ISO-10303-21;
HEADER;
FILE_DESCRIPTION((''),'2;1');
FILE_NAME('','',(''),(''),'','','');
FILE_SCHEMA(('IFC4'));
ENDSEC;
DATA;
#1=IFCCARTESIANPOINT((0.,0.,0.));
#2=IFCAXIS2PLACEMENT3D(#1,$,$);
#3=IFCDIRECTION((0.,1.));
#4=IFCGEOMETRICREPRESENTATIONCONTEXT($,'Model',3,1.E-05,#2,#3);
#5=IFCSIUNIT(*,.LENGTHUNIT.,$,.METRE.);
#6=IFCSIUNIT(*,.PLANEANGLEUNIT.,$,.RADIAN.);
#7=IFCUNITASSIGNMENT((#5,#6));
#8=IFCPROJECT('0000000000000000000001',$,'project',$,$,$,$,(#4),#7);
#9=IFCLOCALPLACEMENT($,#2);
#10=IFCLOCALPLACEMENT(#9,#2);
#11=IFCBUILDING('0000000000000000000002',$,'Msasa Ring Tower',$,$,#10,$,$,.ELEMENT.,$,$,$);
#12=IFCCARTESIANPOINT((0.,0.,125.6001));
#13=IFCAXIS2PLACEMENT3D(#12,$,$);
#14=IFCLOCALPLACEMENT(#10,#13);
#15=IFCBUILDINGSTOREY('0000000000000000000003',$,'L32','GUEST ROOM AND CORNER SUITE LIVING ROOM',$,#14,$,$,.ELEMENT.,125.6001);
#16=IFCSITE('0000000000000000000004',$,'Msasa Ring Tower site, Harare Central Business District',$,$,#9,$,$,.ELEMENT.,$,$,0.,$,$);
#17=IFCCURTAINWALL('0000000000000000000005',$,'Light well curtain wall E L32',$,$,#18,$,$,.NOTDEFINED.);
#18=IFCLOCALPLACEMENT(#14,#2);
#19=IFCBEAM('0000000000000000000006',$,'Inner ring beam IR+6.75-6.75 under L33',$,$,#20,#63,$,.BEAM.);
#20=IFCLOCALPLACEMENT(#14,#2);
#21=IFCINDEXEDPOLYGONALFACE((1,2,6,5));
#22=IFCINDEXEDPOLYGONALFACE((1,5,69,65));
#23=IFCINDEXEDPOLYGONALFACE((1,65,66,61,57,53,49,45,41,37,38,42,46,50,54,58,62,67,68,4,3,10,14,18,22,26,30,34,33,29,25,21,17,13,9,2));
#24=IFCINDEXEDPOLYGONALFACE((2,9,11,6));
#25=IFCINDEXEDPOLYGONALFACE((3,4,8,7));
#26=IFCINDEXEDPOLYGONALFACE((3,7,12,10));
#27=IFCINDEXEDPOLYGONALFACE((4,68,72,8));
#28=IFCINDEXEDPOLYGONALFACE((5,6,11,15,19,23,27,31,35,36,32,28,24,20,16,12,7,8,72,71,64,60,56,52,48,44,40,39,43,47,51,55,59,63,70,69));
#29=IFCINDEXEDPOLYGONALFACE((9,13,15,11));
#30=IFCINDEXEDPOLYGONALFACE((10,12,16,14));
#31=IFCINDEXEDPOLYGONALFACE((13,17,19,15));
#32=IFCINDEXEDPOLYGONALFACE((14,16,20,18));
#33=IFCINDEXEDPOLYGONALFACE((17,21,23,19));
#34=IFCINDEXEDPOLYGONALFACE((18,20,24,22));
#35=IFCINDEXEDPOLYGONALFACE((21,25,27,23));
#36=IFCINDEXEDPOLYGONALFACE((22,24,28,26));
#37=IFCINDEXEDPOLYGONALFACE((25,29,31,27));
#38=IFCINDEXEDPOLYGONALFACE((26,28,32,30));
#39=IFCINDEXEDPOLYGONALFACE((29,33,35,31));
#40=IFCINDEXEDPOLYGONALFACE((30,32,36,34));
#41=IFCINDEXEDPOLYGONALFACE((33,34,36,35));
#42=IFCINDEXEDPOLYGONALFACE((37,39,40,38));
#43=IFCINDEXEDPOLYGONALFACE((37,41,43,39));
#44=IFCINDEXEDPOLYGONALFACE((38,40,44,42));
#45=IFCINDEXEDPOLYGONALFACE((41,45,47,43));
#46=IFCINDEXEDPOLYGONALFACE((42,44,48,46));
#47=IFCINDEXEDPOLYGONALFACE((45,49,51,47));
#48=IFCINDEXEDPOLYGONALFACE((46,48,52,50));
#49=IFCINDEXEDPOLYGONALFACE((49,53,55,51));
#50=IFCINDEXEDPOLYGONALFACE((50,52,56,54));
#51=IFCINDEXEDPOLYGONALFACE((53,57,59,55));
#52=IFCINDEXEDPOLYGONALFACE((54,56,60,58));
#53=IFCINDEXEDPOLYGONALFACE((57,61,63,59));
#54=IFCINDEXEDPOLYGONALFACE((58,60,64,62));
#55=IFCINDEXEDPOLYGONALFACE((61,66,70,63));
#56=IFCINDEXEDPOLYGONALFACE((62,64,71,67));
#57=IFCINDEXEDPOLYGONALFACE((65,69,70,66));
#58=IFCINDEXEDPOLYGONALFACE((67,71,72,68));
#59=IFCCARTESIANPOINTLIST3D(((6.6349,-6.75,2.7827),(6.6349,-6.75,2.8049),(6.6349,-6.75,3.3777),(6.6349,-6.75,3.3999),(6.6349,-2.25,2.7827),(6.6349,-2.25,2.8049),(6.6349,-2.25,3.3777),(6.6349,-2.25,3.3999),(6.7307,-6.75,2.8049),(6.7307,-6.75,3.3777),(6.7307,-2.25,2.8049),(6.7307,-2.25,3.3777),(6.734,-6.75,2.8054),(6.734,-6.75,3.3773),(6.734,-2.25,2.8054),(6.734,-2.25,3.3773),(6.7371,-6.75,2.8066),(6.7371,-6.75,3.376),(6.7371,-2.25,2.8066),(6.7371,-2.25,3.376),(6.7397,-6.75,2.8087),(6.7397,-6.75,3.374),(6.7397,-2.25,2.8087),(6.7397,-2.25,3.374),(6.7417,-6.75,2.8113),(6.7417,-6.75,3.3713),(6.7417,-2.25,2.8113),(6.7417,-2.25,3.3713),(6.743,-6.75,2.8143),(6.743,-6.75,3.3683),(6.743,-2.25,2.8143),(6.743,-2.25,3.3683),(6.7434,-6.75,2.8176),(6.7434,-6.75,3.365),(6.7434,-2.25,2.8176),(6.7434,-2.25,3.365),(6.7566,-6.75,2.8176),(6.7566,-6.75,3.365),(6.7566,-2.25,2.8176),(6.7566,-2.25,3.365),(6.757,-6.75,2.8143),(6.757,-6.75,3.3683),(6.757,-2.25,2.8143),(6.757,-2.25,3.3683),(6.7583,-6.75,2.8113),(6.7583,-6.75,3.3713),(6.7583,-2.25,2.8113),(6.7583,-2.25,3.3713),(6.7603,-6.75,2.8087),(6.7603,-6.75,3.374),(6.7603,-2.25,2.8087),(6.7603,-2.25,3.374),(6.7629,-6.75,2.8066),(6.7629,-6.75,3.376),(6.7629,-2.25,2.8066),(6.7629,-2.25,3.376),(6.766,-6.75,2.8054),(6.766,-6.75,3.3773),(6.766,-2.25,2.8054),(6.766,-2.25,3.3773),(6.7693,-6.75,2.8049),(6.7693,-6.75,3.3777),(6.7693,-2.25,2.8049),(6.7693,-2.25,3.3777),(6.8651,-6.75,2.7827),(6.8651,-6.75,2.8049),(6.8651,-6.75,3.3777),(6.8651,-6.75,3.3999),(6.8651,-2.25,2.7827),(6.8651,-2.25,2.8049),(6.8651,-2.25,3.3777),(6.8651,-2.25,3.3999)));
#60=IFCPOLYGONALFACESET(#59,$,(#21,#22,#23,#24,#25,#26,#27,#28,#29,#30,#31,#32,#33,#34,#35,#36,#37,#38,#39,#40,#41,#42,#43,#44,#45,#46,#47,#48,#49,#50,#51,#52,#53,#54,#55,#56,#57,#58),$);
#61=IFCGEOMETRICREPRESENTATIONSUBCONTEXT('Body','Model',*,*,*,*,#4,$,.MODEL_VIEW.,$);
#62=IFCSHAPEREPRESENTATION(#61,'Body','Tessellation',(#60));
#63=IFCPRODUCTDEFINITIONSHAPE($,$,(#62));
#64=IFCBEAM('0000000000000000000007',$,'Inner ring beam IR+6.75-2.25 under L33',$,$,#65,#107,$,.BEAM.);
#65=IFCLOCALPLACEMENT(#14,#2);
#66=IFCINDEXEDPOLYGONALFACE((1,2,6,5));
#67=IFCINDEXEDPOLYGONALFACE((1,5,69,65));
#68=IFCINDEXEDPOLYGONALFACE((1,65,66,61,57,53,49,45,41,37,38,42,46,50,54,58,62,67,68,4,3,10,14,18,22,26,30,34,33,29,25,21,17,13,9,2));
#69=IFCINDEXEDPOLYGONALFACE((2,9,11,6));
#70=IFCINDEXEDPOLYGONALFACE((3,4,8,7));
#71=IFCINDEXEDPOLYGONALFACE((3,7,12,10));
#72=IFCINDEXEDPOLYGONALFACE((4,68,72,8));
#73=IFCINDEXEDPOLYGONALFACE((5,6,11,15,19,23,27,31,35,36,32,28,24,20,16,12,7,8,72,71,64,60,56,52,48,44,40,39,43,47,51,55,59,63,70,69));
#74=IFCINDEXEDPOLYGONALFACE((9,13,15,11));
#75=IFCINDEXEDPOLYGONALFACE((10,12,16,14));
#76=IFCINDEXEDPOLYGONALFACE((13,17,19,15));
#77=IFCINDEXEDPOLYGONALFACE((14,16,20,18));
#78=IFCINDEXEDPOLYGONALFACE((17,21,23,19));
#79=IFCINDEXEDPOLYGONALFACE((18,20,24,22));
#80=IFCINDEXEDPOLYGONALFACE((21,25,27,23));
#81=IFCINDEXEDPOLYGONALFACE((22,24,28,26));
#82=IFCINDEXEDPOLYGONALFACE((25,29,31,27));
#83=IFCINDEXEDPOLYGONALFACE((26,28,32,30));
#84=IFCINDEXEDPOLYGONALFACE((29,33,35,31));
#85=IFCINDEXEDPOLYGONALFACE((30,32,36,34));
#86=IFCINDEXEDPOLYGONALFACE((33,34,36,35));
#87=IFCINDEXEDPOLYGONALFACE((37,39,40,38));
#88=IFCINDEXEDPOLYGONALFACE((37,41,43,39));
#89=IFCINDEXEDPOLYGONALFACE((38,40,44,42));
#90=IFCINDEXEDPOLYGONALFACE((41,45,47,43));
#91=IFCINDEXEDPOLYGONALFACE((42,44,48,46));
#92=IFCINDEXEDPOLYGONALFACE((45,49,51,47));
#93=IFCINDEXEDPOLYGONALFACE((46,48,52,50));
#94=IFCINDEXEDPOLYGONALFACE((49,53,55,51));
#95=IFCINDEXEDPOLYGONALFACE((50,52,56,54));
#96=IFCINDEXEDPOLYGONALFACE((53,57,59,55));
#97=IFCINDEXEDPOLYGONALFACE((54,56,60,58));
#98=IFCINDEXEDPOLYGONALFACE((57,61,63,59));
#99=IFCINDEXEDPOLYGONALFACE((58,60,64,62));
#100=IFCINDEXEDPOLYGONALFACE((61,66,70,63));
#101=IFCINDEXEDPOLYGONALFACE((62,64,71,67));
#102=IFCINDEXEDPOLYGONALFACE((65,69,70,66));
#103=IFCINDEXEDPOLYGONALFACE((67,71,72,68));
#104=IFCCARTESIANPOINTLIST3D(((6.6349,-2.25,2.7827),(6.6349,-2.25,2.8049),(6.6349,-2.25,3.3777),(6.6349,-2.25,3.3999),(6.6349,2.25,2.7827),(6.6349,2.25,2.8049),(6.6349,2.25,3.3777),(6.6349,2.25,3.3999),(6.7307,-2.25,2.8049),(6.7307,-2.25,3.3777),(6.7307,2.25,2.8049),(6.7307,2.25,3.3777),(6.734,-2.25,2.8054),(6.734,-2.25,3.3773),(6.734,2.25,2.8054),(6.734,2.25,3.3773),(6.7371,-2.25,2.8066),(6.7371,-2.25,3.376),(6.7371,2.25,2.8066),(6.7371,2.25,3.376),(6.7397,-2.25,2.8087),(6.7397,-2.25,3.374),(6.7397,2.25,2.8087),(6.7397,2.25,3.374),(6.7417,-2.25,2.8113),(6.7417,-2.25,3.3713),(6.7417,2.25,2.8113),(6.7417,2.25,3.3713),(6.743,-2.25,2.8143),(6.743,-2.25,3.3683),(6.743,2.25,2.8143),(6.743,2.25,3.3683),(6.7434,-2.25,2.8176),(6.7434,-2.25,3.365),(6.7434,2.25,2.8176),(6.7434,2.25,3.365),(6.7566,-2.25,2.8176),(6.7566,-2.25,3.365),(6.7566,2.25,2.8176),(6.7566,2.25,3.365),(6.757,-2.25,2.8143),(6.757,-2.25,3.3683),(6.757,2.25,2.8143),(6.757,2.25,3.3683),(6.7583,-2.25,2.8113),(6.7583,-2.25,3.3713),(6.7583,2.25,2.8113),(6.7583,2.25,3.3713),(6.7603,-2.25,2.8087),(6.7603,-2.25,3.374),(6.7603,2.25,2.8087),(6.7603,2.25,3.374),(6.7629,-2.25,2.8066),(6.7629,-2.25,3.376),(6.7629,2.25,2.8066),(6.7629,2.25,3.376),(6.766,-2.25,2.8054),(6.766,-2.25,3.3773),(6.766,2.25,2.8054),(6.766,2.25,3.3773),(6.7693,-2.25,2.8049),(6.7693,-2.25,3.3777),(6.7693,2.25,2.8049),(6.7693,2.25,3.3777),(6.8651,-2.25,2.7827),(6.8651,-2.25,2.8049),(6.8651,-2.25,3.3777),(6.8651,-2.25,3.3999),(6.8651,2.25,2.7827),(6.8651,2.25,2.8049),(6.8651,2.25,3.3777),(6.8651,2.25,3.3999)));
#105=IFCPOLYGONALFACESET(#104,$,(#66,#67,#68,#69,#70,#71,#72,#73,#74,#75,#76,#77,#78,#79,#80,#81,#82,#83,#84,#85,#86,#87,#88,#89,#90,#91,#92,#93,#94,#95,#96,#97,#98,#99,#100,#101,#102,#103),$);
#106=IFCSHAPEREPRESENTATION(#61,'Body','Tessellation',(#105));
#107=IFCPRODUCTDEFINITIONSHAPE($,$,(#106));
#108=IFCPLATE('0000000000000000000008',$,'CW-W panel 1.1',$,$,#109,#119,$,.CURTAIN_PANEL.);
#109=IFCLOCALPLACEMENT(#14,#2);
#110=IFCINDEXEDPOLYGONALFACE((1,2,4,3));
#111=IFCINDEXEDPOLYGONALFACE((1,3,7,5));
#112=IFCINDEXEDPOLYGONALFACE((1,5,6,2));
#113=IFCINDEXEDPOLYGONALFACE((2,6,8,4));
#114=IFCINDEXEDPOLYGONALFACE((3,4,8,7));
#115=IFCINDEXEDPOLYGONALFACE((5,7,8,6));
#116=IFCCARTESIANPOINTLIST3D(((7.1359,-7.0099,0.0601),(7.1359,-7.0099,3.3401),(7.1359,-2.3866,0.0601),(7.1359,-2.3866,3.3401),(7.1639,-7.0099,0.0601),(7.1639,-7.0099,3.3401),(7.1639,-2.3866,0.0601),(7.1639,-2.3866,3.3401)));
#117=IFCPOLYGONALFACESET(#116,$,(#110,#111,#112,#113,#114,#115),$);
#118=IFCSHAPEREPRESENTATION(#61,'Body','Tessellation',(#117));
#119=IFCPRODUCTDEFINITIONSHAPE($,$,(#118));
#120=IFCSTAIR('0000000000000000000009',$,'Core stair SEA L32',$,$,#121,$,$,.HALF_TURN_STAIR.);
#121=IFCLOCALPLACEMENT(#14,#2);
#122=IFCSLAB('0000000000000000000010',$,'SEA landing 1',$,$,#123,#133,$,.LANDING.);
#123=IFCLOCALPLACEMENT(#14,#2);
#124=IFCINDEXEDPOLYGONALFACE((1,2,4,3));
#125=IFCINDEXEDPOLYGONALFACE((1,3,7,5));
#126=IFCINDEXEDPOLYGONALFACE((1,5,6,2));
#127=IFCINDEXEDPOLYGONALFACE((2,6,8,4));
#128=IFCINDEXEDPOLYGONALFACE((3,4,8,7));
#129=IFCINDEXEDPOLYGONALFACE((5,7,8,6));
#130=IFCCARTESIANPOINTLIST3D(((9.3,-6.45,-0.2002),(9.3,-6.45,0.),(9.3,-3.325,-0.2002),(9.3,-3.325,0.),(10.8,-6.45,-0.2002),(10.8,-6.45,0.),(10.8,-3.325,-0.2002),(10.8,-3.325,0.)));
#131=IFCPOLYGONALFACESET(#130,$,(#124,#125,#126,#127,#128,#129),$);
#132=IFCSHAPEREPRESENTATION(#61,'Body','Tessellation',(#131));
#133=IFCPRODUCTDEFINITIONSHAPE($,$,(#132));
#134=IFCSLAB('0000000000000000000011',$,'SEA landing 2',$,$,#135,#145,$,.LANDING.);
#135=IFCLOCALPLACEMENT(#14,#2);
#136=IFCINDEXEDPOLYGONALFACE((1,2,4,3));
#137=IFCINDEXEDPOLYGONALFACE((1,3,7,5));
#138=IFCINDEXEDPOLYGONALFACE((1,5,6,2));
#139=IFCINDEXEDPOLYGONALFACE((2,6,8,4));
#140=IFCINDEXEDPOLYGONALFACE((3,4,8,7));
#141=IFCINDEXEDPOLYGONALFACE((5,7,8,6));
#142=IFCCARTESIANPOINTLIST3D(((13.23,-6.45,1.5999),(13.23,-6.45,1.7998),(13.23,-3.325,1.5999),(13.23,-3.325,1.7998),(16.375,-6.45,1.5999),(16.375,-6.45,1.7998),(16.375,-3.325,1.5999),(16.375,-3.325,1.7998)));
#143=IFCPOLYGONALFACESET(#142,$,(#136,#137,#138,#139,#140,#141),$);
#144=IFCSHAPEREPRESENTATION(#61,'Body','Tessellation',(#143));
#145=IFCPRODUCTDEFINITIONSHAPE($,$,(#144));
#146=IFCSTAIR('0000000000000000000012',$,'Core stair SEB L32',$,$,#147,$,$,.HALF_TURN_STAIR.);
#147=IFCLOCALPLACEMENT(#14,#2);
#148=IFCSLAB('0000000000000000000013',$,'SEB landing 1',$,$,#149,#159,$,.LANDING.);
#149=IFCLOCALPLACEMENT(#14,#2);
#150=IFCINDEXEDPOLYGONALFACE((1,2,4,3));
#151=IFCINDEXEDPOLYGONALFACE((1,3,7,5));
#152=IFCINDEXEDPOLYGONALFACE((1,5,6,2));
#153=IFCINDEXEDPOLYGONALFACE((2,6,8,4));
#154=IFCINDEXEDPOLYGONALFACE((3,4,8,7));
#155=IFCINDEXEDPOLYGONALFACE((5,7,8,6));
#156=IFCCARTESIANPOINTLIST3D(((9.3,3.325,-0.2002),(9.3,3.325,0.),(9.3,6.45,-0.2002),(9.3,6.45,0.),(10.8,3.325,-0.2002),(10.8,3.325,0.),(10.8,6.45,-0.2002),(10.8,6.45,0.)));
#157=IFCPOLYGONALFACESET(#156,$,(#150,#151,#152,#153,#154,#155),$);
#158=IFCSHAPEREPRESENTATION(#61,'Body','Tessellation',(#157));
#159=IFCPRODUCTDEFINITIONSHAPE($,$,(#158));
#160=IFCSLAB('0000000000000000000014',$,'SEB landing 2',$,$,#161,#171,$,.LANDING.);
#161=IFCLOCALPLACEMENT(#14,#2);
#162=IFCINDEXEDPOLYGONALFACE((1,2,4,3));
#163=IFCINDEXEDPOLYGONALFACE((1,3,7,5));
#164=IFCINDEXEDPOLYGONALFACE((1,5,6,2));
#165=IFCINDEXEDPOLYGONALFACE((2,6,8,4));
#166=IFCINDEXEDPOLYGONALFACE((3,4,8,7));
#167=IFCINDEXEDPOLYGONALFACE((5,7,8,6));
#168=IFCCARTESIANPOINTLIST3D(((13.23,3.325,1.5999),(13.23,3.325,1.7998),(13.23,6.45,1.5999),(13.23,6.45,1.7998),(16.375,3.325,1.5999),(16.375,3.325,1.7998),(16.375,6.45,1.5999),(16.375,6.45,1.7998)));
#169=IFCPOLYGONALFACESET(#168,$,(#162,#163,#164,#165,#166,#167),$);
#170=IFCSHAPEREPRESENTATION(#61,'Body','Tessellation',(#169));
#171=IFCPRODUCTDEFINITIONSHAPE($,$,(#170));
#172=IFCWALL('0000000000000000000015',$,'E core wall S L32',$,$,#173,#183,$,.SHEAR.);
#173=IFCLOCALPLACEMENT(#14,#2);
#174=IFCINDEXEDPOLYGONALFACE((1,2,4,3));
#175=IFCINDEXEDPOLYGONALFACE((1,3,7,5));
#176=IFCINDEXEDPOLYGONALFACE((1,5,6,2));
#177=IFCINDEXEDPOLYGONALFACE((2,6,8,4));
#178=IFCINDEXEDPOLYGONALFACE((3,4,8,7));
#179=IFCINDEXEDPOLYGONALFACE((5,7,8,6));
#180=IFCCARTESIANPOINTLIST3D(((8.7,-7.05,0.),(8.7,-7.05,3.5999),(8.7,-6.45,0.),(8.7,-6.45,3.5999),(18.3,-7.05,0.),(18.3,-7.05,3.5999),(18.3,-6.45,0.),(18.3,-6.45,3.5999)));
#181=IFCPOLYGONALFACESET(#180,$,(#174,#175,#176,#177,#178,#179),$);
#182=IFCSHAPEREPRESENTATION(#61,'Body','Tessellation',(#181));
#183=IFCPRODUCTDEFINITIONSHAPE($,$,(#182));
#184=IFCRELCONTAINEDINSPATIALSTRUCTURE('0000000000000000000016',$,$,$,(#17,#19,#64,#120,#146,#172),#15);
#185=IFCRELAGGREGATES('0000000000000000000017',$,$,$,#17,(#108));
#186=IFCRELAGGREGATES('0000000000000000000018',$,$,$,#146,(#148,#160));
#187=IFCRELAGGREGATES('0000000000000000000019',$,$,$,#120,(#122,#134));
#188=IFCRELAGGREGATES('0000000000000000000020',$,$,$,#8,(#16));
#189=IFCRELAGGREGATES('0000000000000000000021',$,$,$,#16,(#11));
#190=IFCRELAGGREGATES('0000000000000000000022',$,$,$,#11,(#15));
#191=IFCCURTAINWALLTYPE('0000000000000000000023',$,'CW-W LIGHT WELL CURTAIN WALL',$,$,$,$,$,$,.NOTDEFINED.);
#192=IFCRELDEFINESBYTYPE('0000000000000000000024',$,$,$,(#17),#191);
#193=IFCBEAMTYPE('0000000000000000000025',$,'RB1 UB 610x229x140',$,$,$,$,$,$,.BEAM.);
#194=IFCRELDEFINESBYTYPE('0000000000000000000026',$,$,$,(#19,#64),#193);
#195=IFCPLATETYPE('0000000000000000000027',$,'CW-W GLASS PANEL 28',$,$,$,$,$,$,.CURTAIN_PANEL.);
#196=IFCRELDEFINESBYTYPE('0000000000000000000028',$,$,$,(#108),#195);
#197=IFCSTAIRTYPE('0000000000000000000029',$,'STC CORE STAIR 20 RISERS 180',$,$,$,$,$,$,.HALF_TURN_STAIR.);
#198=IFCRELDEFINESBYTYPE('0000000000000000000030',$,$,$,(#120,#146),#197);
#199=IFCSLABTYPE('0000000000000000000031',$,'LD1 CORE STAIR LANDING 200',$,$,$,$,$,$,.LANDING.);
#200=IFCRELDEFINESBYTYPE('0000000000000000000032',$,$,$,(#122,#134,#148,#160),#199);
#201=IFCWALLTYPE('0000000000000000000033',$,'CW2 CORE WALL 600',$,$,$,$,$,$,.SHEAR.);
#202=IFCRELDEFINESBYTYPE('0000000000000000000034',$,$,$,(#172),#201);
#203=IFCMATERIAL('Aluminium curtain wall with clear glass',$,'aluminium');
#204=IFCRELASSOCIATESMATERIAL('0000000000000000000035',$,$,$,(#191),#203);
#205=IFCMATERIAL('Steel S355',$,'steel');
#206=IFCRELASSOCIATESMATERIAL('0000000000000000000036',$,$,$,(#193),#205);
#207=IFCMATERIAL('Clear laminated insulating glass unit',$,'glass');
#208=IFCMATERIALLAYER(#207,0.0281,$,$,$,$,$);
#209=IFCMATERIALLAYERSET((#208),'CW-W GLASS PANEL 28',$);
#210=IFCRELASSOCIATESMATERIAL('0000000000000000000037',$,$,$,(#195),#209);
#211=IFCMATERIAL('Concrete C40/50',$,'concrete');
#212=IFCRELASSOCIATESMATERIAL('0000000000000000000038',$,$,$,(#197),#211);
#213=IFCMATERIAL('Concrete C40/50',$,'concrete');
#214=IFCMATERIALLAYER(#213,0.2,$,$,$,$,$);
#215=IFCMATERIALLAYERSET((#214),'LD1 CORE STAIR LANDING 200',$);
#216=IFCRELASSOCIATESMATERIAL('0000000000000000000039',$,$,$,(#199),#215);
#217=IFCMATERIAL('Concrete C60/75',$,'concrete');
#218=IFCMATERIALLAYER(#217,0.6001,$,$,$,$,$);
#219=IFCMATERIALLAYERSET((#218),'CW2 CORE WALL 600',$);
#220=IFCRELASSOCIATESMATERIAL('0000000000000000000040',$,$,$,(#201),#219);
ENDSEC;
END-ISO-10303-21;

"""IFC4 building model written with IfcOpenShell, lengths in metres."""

from ifc_helpers import new_model, si_unit, direction, frame, frame_2d, origin, origin_2d, place, context, subcontext, project, spatial, polyline, rectangle, i_section, outline, extrude, material, layer, layer_set, material_profile, profile_set, type_object, element, aggregate, save


model = new_model("IFC4")

# Units and contexts
model_context = context("Model", 3, precision=1e-05, world=origin(), true_north=direction((0.0, 1.0)))
body_context = subcontext(model_context, "Body", "Model", "MODEL_VIEW")
ifc_project = project(units=[si_unit("LENGTHUNIT", "METRE"), si_unit("PLANEANGLEUNIT", "RADIAN")], contexts=[model_context])

# Site, building, storey
site_placement = place(None, origin())
site = spatial("IfcSite", under=ifc_project, at=site_placement, Name="Msasa Ring Tower site, Harare Central Business District", CompositionType="ELEMENT", RefElevation=0.0)
building_placement = place(site_placement, origin())
building = spatial("IfcBuilding", under=site, at=building_placement, Name="Msasa Ring Tower", CompositionType="ELEMENT")
storey_placement = place(building_placement, frame((0.0, 0.0, 125.6001)))
storey = spatial("IfcBuildingStorey", under=building, at=storey_placement, Name="L32", Description="GUEST ROOM AND CORNER SUITE LIVING ROOM", CompositionType="ELEMENT", Elevation=125.6001)

# Shared definitions
ifc_material_1 = material(Name="Aluminium curtain wall with clear glass", Category="aluminium")
curtain_wall_type = type_object("IfcCurtainWallType", Name="CW-W LIGHT WELL CURTAIN WALL", PredefinedType="NOTDEFINED", material=ifc_material_1)

# Curtain wall
curtain_wall_1_placement = place(storey_placement, origin())
curtain_wall_1 = element("IfcCurtainWall", 1, at=curtain_wall_1_placement, inside=storey, type_object=curtain_wall_type, Name="Light well curtain wall E L32", PredefinedType="NOTDEFINED")

# Beams
ifc_material_2 = material(Name="Steel S355", Category="steel")
ifc_material_profile_1 = material_profile(ifc_material_2, i_section(OverallWidth=0.2302, OverallDepth=0.6172, WebThickness=0.0132, FlangeThickness=0.0222, FilletRadius=0.0127, at=origin_2d()), Name="UB 610x229x140")
ifc_profile_set_1 = profile_set([ifc_material_profile_1], Name="Steel S355")
beam_type = type_object("IfcBeamType", Name="RB1 UB 610x229x140", PredefinedType="BEAM", material=ifc_profile_set_1)
for number, where, z_axis, x_axis, name in (
    (2, (6.75, -6.75, 3.0913), (0.0, 1.0, 0.0), (-1.0, 0.0, 0.0), "Inner ring beam IR+6.75-6.75 under L33"),
    (3, (6.75, -2.25, 3.0913), (0.0, 1.0, 0.0), (-1.0, 0.0, 0.0), "Inner ring beam IR+6.75-2.25 under L33"),
):
    element("IfcBeam", number, at=place(storey_placement, frame(where, z_axis=z_axis, x_axis=x_axis)), inside=storey, type_object=beam_type, Name=name, PredefinedType="BEAM", context=body_context, shape_type="SweptSolid", body=[
        extrude(i_section(OverallWidth=0.2302, OverallDepth=0.6172, WebThickness=0.0132, FlangeThickness=0.0222, FilletRadius=0.0127, at=origin_2d()), origin(), (0.0, 0.0, 1.0), 4.5),
    ])

# Plate
ifc_material_3 = material(Name="Clear laminated insulating glass unit", Category="glass")
ifc_layer_1 = layer(ifc_material_3, 0.0281)
ifc_layer_set_1 = layer_set([ifc_layer_1], Name="CW-W GLASS PANEL 28")
plate_type = type_object("IfcPlateType", Name="CW-W GLASS PANEL 28", PredefinedType="CURTAIN_PANEL", material=ifc_layer_set_1)
plate_placement = place(storey_placement, frame((7.1499, -4.6982, 0.0601), z_axis=(0.0, 0.0, 1.0), x_axis=(0.0, 1.0, 0.0)))
plate = element("IfcPlate", 4, at=plate_placement, type_object=plate_type, Name="CW-W panel 1.1", PredefinedType="CURTAIN_PANEL", context=body_context, shape_type="SweptSolid", body=[
    extrude(rectangle(XDim=4.6233, YDim=0.0281, at=origin_2d()), origin(), (0.0, 0.0, 1.0), 3.28),
])
aggregate(curtain_wall_1, [plate])

# Stairs, slabs
ifc_material_4 = material(Name="Concrete C40/50", Category="concrete")
stair_type = type_object("IfcStairType", Name="STC CORE STAIR 20 RISERS 180", PredefinedType="HALF_TURN_STAIR", material=ifc_material_4)
stair_1_placement = place(storey_placement, origin())
stair_1 = element("IfcStair", 5, at=stair_1_placement, inside=storey, type_object=stair_type, Name="Core stair SEA L32", PredefinedType="HALF_TURN_STAIR")
ifc_material_5 = material(Name="Concrete C40/50", Category="concrete")
ifc_layer_2 = layer(ifc_material_5, 0.2)
ifc_layer_set_2 = layer_set([ifc_layer_2], Name="LD1 CORE STAIR LANDING 200")
slab_type = type_object("IfcSlabType", Name="LD1 CORE STAIR LANDING 200", PredefinedType="LANDING", material=ifc_layer_set_2)
slab_1_placement = place(storey_placement, frame((0.0, 0.0, -0.2002)))
slab_1 = element("IfcSlab", 6, at=slab_1_placement, type_object=slab_type, Name="SEA landing 1", PredefinedType="LANDING", context=body_context, shape_type="SweptSolid", body=[
    extrude(outline(polyline([(9.3, -6.45), (10.8, -6.45), (10.8, -3.325), (9.3, -3.325), (9.3, -6.45)])), origin(), (0.0, 0.0, 1.0), 0.2002),
])
slab_2_placement = place(storey_placement, frame((0.0, 0.0, 1.5999)))
slab_2 = element("IfcSlab", 7, at=slab_2_placement, type_object=slab_type, Name="SEA landing 2", PredefinedType="LANDING", context=body_context, shape_type="SweptSolid", body=[
    extrude(outline(polyline([(13.23, -6.45), (16.375, -6.45), (16.375, -3.325), (13.23, -3.325), (13.23, -6.45)])), origin(), (0.0, 0.0, 1.0), 0.2),
])
stair_2_placement = place(storey_placement, origin())
stair_2 = element("IfcStair", 8, at=stair_2_placement, inside=storey, type_object=stair_type, Name="Core stair SEB L32", PredefinedType="HALF_TURN_STAIR")
slab_3_placement = place(storey_placement, frame((0.0, 0.0, -0.2002)))
slab_3 = element("IfcSlab", 9, at=slab_3_placement, type_object=slab_type, Name="SEB landing 1", PredefinedType="LANDING", context=body_context, shape_type="SweptSolid", body=[
    extrude(outline(polyline([(9.3, 3.325), (10.8, 3.325), (10.8, 6.45), (9.3, 6.45), (9.3, 3.325)])), origin(), (0.0, 0.0, 1.0), 0.2002),
])
slab_4_placement = place(storey_placement, frame((0.0, 0.0, 1.5999)))
slab_4 = element("IfcSlab", 10, at=slab_4_placement, type_object=slab_type, Name="SEB landing 2", PredefinedType="LANDING", context=body_context, shape_type="SweptSolid", body=[
    extrude(outline(polyline([(13.23, 3.325), (16.375, 3.325), (16.375, 6.45), (13.23, 6.45), (13.23, 3.325)])), origin(), (0.0, 0.0, 1.0), 0.2),
])
aggregate(stair_2, [slab_3, slab_4])

# Wall
ifc_material_6 = material(Name="Concrete C60/75", Category="concrete")
ifc_layer_3 = layer(ifc_material_6, 0.6001)
ifc_layer_set_3 = layer_set([ifc_layer_3], Name="CW2 CORE WALL 600")
wall_type_1 = type_object("IfcWallType", Name="CW2 CORE WALL 600", PredefinedType="SHEAR", material=ifc_layer_set_3)
wall_1_placement = place(storey_placement, frame((8.7, -6.75, 0.0), z_axis=(0.0, 0.0, 1.0), x_axis=(1.0, 0.0, 0.0)))
element("IfcWall", 11, at=wall_1_placement, inside=storey, type_object=wall_type_1, Name="E core wall S L32", PredefinedType="SHEAR", context=body_context, shape_type="SweptSolid", body=[
    extrude(rectangle(XDim=9.6001, YDim=0.6001, at=frame_2d((4.8, 0.0))), origin(), (0.0, 0.0, 1.0), 3.5999),
])

aggregate(stair_1, [slab_1, slab_2])

save(model, "model.ifc")
